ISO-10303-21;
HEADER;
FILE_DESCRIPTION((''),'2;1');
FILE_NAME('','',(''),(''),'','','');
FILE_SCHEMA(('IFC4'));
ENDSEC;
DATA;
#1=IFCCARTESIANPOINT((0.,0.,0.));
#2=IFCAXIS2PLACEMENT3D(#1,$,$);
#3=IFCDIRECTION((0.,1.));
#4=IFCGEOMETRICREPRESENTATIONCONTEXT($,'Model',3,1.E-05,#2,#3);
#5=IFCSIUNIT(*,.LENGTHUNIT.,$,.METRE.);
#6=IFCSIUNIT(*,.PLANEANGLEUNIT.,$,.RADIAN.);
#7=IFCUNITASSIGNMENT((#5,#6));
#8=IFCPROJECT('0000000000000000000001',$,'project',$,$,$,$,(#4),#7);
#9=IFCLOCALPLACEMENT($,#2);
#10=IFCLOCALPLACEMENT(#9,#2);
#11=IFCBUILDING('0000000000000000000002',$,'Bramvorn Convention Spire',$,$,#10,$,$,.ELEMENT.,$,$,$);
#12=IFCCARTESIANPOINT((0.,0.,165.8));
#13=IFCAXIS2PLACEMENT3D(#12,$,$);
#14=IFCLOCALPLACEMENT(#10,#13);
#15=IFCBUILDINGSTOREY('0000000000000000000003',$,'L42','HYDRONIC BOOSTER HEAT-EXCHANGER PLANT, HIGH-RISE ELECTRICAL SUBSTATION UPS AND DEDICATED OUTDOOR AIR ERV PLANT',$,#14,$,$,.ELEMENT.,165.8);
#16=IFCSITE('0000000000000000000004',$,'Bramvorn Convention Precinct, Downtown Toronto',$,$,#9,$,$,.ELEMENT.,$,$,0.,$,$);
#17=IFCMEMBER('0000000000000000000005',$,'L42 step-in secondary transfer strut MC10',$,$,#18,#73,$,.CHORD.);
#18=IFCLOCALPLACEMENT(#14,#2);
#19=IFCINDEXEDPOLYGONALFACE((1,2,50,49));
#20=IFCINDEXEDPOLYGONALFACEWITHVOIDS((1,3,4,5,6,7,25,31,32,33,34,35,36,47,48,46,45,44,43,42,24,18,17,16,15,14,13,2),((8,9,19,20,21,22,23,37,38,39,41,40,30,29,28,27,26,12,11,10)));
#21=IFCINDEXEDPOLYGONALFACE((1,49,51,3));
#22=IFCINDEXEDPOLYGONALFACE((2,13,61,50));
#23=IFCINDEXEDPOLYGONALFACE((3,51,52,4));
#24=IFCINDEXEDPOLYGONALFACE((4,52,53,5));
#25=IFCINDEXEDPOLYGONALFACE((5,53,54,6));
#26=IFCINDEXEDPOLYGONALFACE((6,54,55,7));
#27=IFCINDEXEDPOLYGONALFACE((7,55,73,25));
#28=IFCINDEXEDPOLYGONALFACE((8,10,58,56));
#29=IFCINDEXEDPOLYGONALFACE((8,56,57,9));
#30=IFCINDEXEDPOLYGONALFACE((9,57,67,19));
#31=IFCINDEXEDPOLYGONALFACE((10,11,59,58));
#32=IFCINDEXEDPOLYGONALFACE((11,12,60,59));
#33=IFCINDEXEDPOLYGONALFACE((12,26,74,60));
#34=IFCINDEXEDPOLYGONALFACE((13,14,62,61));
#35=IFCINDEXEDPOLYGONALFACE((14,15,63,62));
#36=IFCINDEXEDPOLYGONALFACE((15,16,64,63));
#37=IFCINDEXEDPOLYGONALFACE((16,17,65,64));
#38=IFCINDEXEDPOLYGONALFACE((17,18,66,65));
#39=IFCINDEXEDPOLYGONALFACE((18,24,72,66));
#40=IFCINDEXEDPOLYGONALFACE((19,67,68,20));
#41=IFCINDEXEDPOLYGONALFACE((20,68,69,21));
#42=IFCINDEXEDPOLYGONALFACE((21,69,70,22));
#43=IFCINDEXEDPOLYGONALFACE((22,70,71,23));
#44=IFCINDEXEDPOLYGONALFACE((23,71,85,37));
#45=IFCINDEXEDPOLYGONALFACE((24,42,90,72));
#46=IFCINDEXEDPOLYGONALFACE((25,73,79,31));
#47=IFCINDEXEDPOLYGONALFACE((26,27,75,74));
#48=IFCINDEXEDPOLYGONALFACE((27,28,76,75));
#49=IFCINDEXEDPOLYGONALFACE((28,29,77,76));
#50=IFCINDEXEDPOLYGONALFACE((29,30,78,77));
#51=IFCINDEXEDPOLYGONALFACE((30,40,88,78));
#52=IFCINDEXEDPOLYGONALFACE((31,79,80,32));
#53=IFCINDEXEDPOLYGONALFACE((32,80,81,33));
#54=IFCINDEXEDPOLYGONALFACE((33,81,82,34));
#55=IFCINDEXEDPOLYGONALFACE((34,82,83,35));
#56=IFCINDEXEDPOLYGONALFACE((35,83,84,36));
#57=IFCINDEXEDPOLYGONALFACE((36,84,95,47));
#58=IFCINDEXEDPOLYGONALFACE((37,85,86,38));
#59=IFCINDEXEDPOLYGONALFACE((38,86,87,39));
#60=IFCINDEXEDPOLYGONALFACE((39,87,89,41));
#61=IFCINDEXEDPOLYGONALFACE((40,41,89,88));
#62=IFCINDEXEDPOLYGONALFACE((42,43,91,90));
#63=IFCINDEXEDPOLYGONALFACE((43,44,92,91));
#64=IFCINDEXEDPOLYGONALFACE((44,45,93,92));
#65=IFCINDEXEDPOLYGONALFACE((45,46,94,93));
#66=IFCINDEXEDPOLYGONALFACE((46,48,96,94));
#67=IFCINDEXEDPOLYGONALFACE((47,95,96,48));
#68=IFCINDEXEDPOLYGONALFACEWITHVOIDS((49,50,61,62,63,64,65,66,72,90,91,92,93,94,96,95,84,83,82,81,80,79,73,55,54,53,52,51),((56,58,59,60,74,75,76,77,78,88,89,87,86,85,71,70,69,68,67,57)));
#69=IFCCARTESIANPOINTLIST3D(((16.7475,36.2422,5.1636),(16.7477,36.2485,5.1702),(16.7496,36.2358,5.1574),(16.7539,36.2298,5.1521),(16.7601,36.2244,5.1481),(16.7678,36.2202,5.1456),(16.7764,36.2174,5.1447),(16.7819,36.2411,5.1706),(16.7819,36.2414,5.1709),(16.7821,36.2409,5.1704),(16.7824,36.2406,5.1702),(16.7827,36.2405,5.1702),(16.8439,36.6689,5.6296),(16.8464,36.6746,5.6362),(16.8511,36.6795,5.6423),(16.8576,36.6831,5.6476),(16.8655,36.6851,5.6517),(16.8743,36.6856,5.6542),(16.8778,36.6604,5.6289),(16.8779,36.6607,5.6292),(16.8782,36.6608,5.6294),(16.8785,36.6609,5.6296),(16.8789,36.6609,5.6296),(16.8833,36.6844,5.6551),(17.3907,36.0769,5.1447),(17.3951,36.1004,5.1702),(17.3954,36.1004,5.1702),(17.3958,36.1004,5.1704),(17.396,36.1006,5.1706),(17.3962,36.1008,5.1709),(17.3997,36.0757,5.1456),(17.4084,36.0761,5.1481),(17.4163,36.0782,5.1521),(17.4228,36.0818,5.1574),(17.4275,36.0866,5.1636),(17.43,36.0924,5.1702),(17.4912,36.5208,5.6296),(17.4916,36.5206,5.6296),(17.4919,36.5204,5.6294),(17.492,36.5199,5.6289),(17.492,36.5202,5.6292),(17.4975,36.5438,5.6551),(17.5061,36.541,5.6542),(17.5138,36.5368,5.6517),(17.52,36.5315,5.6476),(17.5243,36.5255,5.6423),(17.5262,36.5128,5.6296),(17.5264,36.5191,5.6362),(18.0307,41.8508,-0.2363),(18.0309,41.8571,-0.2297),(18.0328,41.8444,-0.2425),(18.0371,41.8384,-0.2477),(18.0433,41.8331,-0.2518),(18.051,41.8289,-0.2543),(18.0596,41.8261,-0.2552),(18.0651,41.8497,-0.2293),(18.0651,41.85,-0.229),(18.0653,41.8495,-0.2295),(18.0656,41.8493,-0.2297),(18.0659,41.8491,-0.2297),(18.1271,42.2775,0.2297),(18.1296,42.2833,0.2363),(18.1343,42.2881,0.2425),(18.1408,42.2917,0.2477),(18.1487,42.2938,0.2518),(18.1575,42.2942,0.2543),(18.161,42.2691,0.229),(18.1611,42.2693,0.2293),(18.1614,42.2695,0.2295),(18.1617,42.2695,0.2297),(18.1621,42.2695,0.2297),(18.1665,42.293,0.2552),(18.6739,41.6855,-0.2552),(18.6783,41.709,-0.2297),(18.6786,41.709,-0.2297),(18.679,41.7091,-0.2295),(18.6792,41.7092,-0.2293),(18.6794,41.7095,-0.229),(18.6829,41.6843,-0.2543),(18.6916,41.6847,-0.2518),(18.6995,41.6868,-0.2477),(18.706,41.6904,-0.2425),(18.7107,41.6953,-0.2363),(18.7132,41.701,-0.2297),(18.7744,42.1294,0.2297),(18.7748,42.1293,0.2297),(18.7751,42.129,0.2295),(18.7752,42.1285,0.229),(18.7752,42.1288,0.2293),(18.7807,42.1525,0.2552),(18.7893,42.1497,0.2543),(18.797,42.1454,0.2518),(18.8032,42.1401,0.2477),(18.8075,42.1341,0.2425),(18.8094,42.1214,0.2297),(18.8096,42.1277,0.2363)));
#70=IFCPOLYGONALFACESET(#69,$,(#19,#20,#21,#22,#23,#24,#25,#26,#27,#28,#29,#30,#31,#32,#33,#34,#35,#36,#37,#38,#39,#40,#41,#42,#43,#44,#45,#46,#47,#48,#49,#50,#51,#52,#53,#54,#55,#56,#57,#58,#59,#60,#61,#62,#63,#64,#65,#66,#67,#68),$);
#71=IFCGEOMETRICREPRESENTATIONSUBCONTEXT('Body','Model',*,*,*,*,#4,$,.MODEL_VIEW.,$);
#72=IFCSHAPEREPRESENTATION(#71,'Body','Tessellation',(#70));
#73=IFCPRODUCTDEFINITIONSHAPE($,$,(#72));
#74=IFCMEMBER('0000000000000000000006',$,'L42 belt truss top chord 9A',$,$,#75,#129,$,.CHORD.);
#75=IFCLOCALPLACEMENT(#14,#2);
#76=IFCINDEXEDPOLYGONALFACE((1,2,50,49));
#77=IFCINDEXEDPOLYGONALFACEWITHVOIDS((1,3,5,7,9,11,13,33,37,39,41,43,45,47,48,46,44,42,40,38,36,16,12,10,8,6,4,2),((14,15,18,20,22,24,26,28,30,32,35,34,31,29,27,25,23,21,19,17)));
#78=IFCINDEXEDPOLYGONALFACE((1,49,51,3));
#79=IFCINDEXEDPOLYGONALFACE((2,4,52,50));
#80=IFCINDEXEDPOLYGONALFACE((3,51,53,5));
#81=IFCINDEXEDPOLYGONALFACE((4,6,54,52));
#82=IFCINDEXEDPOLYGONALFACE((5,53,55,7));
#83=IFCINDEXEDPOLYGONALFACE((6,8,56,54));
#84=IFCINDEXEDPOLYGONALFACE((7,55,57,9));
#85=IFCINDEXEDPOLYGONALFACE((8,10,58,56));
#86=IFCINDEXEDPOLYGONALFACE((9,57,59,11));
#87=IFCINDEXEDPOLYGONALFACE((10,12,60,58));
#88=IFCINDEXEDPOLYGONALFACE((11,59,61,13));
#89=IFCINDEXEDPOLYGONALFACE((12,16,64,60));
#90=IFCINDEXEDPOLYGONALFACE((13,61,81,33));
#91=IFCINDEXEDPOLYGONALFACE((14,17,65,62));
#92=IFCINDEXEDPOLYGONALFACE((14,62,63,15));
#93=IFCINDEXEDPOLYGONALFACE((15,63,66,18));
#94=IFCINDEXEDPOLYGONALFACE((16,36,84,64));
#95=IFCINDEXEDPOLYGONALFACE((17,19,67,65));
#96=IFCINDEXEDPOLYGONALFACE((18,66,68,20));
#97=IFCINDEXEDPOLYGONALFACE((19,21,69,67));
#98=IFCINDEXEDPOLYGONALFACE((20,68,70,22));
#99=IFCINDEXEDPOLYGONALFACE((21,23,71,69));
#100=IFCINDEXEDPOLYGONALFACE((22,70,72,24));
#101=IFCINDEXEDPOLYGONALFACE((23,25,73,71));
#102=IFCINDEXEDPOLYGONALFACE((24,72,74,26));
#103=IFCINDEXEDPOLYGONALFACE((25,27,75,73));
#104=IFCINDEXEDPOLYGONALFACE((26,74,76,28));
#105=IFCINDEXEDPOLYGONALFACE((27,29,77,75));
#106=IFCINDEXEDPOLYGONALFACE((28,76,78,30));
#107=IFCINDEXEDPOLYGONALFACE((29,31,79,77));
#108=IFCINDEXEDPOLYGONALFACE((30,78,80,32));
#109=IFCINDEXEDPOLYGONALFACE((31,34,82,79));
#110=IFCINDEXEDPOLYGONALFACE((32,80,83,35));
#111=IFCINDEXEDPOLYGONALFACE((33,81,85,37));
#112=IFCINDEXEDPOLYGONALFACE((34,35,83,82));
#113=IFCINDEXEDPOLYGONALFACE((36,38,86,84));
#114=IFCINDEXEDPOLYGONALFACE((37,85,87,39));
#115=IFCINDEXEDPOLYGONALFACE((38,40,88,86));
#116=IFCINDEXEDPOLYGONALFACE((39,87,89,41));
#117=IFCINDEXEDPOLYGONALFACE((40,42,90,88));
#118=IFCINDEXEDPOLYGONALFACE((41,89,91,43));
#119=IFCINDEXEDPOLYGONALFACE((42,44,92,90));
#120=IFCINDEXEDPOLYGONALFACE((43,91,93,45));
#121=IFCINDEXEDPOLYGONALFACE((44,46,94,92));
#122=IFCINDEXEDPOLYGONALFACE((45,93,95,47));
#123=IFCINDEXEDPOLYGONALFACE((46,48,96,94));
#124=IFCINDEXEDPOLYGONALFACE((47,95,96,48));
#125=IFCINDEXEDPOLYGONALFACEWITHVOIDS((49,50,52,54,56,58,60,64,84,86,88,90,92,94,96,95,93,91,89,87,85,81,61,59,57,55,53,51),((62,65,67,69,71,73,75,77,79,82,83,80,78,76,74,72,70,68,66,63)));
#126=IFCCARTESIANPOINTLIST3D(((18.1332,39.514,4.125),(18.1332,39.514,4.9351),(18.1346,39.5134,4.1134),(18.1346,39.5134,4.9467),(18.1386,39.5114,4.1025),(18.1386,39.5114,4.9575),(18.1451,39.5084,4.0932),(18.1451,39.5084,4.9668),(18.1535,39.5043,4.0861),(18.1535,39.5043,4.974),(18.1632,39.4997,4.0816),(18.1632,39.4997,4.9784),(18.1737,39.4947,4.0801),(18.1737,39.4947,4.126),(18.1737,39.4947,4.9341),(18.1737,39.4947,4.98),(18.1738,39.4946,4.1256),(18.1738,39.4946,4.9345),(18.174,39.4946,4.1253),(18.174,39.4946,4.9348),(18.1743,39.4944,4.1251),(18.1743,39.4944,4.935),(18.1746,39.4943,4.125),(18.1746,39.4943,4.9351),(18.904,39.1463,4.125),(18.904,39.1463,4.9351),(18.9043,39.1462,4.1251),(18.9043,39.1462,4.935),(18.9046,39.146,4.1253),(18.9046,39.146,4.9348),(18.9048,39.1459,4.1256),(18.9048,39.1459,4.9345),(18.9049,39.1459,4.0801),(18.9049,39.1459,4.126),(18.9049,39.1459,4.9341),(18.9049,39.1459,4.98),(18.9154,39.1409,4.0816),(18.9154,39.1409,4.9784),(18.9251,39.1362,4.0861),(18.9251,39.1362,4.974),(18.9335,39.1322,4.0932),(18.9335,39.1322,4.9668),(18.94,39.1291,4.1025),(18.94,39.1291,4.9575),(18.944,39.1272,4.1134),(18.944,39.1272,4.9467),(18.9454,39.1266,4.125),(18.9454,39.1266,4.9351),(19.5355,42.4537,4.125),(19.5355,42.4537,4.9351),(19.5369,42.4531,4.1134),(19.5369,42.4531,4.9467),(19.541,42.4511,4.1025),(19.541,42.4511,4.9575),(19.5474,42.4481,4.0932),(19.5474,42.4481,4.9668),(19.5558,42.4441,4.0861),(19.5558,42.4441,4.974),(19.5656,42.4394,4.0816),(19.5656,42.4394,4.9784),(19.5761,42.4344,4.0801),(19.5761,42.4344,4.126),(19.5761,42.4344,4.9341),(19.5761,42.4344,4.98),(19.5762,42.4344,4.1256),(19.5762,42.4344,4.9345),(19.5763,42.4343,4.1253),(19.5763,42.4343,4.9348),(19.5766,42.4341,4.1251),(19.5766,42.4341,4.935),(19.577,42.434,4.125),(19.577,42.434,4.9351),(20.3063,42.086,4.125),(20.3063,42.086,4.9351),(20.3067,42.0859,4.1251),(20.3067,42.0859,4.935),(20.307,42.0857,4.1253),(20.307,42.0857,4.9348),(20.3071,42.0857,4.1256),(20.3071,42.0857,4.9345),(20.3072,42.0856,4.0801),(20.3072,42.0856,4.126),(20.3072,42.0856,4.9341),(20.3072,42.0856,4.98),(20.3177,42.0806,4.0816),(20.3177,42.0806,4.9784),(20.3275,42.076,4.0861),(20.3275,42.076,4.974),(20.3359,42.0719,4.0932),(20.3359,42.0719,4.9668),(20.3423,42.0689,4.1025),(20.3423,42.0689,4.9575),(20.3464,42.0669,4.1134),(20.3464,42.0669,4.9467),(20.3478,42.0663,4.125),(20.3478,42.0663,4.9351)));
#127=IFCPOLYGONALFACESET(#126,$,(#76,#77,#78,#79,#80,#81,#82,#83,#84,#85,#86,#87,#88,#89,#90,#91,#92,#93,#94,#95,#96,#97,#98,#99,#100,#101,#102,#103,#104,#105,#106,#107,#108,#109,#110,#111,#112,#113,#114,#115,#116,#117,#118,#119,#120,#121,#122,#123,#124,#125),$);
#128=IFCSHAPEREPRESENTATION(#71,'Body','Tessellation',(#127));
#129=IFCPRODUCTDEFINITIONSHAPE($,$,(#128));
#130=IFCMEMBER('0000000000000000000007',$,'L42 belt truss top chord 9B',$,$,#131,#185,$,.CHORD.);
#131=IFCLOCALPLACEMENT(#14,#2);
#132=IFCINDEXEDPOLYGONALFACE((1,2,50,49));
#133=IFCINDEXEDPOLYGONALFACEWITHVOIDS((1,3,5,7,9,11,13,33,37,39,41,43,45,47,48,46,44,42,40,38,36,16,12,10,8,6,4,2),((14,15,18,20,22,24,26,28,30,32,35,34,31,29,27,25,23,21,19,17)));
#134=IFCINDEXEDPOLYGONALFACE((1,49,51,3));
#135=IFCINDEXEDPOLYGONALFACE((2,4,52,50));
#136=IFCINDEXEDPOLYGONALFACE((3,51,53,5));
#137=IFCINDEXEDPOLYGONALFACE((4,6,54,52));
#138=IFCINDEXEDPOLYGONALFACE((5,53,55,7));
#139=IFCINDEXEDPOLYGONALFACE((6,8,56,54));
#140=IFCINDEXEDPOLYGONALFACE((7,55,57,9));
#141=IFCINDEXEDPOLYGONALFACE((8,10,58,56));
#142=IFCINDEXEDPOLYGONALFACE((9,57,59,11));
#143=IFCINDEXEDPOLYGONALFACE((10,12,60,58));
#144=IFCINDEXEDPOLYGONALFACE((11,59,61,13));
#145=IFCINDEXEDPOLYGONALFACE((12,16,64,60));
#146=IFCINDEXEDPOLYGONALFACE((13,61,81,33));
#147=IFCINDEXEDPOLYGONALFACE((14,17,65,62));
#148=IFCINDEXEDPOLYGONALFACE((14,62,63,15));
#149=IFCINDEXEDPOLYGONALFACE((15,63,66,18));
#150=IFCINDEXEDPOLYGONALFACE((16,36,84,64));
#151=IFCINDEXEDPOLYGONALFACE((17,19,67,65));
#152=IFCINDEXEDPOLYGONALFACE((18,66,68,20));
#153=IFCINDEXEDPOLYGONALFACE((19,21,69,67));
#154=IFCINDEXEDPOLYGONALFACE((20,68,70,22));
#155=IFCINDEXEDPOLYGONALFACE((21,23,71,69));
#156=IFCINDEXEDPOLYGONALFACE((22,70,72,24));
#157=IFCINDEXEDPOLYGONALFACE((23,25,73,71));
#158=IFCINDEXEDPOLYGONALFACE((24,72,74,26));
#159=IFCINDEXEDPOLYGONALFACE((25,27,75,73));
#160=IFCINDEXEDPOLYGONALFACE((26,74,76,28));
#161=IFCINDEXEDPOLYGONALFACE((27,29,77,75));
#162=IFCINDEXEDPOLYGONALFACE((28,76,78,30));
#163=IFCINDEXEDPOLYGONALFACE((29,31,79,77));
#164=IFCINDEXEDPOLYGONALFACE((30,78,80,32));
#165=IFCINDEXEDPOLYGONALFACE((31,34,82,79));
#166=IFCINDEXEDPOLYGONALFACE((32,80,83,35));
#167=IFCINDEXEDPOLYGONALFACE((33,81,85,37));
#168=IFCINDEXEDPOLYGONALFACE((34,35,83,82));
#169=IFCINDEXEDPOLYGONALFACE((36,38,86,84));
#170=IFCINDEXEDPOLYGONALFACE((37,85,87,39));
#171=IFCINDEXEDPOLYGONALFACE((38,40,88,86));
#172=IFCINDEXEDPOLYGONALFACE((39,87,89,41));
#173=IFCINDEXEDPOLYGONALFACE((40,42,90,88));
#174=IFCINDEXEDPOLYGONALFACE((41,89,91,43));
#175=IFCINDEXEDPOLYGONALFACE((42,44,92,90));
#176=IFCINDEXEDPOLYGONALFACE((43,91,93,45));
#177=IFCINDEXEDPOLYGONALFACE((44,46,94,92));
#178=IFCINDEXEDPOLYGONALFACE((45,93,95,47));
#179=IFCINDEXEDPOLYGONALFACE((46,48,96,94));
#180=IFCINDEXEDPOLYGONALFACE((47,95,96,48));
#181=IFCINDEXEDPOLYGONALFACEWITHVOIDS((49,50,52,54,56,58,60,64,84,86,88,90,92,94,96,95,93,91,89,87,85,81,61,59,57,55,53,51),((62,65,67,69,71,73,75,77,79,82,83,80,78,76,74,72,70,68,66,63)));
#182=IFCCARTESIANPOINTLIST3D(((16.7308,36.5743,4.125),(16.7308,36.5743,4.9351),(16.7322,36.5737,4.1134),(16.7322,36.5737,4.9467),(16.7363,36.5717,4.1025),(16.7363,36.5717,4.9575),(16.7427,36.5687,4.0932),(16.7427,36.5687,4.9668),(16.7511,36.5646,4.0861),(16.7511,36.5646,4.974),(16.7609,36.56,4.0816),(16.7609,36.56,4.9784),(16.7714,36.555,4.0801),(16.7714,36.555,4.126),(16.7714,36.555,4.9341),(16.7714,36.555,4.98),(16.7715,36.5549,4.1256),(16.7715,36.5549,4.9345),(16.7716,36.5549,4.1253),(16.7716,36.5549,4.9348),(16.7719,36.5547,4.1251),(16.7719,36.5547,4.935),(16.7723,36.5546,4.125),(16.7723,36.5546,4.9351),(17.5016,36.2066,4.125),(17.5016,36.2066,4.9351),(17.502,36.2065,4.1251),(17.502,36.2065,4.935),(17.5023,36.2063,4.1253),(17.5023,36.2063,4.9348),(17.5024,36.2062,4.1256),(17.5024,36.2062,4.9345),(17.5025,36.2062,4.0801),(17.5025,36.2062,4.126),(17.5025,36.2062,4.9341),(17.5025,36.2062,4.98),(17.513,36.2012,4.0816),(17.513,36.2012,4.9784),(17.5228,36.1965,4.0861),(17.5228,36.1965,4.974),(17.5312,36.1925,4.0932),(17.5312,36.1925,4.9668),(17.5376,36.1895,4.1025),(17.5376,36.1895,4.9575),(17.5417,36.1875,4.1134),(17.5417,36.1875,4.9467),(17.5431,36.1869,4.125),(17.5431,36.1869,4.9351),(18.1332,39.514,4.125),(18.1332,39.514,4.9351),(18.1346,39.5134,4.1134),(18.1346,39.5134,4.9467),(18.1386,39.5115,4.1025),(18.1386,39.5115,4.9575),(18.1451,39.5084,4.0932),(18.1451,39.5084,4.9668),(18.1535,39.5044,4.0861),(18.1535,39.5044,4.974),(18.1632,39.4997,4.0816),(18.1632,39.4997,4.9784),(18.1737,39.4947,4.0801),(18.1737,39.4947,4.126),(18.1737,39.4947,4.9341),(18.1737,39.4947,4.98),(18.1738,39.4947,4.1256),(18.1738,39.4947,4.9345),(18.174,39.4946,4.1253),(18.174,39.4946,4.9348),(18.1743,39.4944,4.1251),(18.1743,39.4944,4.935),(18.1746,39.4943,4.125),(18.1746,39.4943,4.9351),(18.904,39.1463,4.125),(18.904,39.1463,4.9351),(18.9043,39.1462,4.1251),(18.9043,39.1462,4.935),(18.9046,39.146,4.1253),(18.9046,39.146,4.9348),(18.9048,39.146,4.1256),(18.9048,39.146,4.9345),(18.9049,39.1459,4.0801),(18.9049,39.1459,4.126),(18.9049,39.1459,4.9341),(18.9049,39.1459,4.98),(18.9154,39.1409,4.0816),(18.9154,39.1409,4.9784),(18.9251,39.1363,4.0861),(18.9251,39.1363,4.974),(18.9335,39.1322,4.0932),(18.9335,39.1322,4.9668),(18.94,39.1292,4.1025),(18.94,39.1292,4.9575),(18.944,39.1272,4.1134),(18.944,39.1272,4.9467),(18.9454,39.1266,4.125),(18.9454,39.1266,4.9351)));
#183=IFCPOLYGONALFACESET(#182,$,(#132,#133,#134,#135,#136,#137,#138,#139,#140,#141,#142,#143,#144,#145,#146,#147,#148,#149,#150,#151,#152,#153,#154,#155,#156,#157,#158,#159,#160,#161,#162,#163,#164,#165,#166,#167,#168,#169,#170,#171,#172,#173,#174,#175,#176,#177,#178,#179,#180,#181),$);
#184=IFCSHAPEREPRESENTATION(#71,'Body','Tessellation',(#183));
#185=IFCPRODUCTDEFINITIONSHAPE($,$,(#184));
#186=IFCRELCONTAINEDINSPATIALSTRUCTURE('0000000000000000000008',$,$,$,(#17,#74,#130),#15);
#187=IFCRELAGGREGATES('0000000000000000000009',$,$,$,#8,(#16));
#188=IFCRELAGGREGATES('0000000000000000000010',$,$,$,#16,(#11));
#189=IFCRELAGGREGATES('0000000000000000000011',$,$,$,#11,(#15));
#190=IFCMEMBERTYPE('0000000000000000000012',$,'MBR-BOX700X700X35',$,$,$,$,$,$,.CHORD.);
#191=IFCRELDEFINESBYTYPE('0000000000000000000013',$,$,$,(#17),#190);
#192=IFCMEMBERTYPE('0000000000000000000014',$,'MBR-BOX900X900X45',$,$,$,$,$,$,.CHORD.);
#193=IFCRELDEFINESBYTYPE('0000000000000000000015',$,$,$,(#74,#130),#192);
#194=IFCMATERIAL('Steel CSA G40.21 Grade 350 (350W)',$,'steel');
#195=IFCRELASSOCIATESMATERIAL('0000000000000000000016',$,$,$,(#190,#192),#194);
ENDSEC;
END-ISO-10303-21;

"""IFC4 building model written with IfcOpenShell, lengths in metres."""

from ifc_helpers import new_model, si_unit, direction, frame, origin, origin_2d, place, context, subcontext, project, spatial, hollow_rectangle, extrude, material, material_profile, profile_set, type_object, element, save


model = new_model("IFC4")

# Units and contexts
model_context = context("Model", 3, precision=1e-05, world=origin(), true_north=direction((0.0, 1.0)))
body_context = subcontext(model_context, "Body", "Model", "MODEL_VIEW")
ifc_project = project(units=[si_unit("LENGTHUNIT", "METRE"), si_unit("PLANEANGLEUNIT", "RADIAN")], contexts=[model_context])

# Site, building, storey
site_placement = place(None, origin())
site = spatial("IfcSite", under=ifc_project, at=site_placement, Name="Bramvorn Convention Precinct, Downtown Toronto", CompositionType="ELEMENT", RefElevation=0.0)
building_placement = place(site_placement, origin())
building = spatial("IfcBuilding", under=site, at=building_placement, Name="Bramvorn Convention Spire", CompositionType="ELEMENT")
storey_placement = place(building_placement, frame((0.0, 0.0, 165.8)))
storey = spatial("IfcBuildingStorey", under=building, at=storey_placement, Name="L42", Description="HYDRONIC BOOSTER HEAT-EXCHANGER PLANT, HIGH-RISE ELECTRICAL SUBSTATION UPS AND DEDICATED OUTDOOR AIR ERV PLANT", CompositionType="ELEMENT", Elevation=165.8)

# Shared definitions
ifc_material_1 = material(Name="Steel CSA G40.21 Grade 350 (350W)", Category="steel")

# Members
ifc_material_profile_1 = material_profile(ifc_material_1, hollow_rectangle(XDim=0.7, YDim=0.7, WallThickness=0.0349, InnerFilletRadius=0.001, OuterFilletRadius=0.0349, at=origin_2d()))
ifc_profile_set_1 = profile_set([ifc_material_profile_1], Name="Steel CSA G40.21 Grade 350 (350W) - BOX700X700X35")
member_type_1 = type_object("IfcMemberType", Name="MBR-BOX700X700X35", PredefinedType="CHORD", material=ifc_profile_set_1)
member_1_placement = place(storey_placement, frame((18.4202, 41.9893, 0.0), z_axis=(-0.162623, -0.710796, 0.684342), x_axis=(0.974812, -0.223028, 0.0)))
element("IfcMember", 1, at=member_1_placement, inside=storey, type_object=member_type_1, Name="L42 step-in secondary transfer strut MC10", PredefinedType="CHORD", context=body_context, shape_type="SweptSolid", body=[
    extrude(hollow_rectangle(XDim=0.7, YDim=0.7, WallThickness=0.0349, InnerFilletRadius=0.001, OuterFilletRadius=0.0349, at=origin_2d()), origin(), (0.0, 0.0, 1.0), 7.8906),
])
ifc_material_profile_2 = material_profile(ifc_material_1, hollow_rectangle(XDim=0.8999, YDim=0.8999, WallThickness=0.0449, InnerFilletRadius=0.001, OuterFilletRadius=0.0449, at=origin_2d()))
ifc_profile_set_2 = profile_set([ifc_material_profile_2], Name="Steel CSA G40.21 Grade 350 (350W) - BOX900X900X45")
member_type_2 = type_object("IfcMemberType", Name="MBR-BOX900X900X45", PredefinedType="CHORD", material=ifc_profile_set_2)
for number, where, z_axis, x_axis, name in (
    (2, (19.9417, 42.26, 4.53), (-0.430556, -0.902564, 0.0), (0.902564, -0.430556, 0.0), "L42 belt truss top chord 9A"),
    (3, (18.5393, 39.3203, 4.53), (-0.430556, -0.902564, 0.0), (0.902564, -0.430556, 0.0), "L42 belt truss top chord 9B"),
):
    element("IfcMember", number, at=place(storey_placement, frame(where, z_axis=z_axis, x_axis=x_axis)), inside=storey, type_object=member_type_2, Name=name, PredefinedType="CHORD", context=body_context, shape_type="SweptSolid", body=[
        extrude(hollow_rectangle(XDim=0.8999, YDim=0.8999, WallThickness=0.0449, InnerFilletRadius=0.001, OuterFilletRadius=0.0449, at=origin_2d()), origin(), (0.0, 0.0, 1.0), 3.2571),
    ])

save(model, "model.ifc")
